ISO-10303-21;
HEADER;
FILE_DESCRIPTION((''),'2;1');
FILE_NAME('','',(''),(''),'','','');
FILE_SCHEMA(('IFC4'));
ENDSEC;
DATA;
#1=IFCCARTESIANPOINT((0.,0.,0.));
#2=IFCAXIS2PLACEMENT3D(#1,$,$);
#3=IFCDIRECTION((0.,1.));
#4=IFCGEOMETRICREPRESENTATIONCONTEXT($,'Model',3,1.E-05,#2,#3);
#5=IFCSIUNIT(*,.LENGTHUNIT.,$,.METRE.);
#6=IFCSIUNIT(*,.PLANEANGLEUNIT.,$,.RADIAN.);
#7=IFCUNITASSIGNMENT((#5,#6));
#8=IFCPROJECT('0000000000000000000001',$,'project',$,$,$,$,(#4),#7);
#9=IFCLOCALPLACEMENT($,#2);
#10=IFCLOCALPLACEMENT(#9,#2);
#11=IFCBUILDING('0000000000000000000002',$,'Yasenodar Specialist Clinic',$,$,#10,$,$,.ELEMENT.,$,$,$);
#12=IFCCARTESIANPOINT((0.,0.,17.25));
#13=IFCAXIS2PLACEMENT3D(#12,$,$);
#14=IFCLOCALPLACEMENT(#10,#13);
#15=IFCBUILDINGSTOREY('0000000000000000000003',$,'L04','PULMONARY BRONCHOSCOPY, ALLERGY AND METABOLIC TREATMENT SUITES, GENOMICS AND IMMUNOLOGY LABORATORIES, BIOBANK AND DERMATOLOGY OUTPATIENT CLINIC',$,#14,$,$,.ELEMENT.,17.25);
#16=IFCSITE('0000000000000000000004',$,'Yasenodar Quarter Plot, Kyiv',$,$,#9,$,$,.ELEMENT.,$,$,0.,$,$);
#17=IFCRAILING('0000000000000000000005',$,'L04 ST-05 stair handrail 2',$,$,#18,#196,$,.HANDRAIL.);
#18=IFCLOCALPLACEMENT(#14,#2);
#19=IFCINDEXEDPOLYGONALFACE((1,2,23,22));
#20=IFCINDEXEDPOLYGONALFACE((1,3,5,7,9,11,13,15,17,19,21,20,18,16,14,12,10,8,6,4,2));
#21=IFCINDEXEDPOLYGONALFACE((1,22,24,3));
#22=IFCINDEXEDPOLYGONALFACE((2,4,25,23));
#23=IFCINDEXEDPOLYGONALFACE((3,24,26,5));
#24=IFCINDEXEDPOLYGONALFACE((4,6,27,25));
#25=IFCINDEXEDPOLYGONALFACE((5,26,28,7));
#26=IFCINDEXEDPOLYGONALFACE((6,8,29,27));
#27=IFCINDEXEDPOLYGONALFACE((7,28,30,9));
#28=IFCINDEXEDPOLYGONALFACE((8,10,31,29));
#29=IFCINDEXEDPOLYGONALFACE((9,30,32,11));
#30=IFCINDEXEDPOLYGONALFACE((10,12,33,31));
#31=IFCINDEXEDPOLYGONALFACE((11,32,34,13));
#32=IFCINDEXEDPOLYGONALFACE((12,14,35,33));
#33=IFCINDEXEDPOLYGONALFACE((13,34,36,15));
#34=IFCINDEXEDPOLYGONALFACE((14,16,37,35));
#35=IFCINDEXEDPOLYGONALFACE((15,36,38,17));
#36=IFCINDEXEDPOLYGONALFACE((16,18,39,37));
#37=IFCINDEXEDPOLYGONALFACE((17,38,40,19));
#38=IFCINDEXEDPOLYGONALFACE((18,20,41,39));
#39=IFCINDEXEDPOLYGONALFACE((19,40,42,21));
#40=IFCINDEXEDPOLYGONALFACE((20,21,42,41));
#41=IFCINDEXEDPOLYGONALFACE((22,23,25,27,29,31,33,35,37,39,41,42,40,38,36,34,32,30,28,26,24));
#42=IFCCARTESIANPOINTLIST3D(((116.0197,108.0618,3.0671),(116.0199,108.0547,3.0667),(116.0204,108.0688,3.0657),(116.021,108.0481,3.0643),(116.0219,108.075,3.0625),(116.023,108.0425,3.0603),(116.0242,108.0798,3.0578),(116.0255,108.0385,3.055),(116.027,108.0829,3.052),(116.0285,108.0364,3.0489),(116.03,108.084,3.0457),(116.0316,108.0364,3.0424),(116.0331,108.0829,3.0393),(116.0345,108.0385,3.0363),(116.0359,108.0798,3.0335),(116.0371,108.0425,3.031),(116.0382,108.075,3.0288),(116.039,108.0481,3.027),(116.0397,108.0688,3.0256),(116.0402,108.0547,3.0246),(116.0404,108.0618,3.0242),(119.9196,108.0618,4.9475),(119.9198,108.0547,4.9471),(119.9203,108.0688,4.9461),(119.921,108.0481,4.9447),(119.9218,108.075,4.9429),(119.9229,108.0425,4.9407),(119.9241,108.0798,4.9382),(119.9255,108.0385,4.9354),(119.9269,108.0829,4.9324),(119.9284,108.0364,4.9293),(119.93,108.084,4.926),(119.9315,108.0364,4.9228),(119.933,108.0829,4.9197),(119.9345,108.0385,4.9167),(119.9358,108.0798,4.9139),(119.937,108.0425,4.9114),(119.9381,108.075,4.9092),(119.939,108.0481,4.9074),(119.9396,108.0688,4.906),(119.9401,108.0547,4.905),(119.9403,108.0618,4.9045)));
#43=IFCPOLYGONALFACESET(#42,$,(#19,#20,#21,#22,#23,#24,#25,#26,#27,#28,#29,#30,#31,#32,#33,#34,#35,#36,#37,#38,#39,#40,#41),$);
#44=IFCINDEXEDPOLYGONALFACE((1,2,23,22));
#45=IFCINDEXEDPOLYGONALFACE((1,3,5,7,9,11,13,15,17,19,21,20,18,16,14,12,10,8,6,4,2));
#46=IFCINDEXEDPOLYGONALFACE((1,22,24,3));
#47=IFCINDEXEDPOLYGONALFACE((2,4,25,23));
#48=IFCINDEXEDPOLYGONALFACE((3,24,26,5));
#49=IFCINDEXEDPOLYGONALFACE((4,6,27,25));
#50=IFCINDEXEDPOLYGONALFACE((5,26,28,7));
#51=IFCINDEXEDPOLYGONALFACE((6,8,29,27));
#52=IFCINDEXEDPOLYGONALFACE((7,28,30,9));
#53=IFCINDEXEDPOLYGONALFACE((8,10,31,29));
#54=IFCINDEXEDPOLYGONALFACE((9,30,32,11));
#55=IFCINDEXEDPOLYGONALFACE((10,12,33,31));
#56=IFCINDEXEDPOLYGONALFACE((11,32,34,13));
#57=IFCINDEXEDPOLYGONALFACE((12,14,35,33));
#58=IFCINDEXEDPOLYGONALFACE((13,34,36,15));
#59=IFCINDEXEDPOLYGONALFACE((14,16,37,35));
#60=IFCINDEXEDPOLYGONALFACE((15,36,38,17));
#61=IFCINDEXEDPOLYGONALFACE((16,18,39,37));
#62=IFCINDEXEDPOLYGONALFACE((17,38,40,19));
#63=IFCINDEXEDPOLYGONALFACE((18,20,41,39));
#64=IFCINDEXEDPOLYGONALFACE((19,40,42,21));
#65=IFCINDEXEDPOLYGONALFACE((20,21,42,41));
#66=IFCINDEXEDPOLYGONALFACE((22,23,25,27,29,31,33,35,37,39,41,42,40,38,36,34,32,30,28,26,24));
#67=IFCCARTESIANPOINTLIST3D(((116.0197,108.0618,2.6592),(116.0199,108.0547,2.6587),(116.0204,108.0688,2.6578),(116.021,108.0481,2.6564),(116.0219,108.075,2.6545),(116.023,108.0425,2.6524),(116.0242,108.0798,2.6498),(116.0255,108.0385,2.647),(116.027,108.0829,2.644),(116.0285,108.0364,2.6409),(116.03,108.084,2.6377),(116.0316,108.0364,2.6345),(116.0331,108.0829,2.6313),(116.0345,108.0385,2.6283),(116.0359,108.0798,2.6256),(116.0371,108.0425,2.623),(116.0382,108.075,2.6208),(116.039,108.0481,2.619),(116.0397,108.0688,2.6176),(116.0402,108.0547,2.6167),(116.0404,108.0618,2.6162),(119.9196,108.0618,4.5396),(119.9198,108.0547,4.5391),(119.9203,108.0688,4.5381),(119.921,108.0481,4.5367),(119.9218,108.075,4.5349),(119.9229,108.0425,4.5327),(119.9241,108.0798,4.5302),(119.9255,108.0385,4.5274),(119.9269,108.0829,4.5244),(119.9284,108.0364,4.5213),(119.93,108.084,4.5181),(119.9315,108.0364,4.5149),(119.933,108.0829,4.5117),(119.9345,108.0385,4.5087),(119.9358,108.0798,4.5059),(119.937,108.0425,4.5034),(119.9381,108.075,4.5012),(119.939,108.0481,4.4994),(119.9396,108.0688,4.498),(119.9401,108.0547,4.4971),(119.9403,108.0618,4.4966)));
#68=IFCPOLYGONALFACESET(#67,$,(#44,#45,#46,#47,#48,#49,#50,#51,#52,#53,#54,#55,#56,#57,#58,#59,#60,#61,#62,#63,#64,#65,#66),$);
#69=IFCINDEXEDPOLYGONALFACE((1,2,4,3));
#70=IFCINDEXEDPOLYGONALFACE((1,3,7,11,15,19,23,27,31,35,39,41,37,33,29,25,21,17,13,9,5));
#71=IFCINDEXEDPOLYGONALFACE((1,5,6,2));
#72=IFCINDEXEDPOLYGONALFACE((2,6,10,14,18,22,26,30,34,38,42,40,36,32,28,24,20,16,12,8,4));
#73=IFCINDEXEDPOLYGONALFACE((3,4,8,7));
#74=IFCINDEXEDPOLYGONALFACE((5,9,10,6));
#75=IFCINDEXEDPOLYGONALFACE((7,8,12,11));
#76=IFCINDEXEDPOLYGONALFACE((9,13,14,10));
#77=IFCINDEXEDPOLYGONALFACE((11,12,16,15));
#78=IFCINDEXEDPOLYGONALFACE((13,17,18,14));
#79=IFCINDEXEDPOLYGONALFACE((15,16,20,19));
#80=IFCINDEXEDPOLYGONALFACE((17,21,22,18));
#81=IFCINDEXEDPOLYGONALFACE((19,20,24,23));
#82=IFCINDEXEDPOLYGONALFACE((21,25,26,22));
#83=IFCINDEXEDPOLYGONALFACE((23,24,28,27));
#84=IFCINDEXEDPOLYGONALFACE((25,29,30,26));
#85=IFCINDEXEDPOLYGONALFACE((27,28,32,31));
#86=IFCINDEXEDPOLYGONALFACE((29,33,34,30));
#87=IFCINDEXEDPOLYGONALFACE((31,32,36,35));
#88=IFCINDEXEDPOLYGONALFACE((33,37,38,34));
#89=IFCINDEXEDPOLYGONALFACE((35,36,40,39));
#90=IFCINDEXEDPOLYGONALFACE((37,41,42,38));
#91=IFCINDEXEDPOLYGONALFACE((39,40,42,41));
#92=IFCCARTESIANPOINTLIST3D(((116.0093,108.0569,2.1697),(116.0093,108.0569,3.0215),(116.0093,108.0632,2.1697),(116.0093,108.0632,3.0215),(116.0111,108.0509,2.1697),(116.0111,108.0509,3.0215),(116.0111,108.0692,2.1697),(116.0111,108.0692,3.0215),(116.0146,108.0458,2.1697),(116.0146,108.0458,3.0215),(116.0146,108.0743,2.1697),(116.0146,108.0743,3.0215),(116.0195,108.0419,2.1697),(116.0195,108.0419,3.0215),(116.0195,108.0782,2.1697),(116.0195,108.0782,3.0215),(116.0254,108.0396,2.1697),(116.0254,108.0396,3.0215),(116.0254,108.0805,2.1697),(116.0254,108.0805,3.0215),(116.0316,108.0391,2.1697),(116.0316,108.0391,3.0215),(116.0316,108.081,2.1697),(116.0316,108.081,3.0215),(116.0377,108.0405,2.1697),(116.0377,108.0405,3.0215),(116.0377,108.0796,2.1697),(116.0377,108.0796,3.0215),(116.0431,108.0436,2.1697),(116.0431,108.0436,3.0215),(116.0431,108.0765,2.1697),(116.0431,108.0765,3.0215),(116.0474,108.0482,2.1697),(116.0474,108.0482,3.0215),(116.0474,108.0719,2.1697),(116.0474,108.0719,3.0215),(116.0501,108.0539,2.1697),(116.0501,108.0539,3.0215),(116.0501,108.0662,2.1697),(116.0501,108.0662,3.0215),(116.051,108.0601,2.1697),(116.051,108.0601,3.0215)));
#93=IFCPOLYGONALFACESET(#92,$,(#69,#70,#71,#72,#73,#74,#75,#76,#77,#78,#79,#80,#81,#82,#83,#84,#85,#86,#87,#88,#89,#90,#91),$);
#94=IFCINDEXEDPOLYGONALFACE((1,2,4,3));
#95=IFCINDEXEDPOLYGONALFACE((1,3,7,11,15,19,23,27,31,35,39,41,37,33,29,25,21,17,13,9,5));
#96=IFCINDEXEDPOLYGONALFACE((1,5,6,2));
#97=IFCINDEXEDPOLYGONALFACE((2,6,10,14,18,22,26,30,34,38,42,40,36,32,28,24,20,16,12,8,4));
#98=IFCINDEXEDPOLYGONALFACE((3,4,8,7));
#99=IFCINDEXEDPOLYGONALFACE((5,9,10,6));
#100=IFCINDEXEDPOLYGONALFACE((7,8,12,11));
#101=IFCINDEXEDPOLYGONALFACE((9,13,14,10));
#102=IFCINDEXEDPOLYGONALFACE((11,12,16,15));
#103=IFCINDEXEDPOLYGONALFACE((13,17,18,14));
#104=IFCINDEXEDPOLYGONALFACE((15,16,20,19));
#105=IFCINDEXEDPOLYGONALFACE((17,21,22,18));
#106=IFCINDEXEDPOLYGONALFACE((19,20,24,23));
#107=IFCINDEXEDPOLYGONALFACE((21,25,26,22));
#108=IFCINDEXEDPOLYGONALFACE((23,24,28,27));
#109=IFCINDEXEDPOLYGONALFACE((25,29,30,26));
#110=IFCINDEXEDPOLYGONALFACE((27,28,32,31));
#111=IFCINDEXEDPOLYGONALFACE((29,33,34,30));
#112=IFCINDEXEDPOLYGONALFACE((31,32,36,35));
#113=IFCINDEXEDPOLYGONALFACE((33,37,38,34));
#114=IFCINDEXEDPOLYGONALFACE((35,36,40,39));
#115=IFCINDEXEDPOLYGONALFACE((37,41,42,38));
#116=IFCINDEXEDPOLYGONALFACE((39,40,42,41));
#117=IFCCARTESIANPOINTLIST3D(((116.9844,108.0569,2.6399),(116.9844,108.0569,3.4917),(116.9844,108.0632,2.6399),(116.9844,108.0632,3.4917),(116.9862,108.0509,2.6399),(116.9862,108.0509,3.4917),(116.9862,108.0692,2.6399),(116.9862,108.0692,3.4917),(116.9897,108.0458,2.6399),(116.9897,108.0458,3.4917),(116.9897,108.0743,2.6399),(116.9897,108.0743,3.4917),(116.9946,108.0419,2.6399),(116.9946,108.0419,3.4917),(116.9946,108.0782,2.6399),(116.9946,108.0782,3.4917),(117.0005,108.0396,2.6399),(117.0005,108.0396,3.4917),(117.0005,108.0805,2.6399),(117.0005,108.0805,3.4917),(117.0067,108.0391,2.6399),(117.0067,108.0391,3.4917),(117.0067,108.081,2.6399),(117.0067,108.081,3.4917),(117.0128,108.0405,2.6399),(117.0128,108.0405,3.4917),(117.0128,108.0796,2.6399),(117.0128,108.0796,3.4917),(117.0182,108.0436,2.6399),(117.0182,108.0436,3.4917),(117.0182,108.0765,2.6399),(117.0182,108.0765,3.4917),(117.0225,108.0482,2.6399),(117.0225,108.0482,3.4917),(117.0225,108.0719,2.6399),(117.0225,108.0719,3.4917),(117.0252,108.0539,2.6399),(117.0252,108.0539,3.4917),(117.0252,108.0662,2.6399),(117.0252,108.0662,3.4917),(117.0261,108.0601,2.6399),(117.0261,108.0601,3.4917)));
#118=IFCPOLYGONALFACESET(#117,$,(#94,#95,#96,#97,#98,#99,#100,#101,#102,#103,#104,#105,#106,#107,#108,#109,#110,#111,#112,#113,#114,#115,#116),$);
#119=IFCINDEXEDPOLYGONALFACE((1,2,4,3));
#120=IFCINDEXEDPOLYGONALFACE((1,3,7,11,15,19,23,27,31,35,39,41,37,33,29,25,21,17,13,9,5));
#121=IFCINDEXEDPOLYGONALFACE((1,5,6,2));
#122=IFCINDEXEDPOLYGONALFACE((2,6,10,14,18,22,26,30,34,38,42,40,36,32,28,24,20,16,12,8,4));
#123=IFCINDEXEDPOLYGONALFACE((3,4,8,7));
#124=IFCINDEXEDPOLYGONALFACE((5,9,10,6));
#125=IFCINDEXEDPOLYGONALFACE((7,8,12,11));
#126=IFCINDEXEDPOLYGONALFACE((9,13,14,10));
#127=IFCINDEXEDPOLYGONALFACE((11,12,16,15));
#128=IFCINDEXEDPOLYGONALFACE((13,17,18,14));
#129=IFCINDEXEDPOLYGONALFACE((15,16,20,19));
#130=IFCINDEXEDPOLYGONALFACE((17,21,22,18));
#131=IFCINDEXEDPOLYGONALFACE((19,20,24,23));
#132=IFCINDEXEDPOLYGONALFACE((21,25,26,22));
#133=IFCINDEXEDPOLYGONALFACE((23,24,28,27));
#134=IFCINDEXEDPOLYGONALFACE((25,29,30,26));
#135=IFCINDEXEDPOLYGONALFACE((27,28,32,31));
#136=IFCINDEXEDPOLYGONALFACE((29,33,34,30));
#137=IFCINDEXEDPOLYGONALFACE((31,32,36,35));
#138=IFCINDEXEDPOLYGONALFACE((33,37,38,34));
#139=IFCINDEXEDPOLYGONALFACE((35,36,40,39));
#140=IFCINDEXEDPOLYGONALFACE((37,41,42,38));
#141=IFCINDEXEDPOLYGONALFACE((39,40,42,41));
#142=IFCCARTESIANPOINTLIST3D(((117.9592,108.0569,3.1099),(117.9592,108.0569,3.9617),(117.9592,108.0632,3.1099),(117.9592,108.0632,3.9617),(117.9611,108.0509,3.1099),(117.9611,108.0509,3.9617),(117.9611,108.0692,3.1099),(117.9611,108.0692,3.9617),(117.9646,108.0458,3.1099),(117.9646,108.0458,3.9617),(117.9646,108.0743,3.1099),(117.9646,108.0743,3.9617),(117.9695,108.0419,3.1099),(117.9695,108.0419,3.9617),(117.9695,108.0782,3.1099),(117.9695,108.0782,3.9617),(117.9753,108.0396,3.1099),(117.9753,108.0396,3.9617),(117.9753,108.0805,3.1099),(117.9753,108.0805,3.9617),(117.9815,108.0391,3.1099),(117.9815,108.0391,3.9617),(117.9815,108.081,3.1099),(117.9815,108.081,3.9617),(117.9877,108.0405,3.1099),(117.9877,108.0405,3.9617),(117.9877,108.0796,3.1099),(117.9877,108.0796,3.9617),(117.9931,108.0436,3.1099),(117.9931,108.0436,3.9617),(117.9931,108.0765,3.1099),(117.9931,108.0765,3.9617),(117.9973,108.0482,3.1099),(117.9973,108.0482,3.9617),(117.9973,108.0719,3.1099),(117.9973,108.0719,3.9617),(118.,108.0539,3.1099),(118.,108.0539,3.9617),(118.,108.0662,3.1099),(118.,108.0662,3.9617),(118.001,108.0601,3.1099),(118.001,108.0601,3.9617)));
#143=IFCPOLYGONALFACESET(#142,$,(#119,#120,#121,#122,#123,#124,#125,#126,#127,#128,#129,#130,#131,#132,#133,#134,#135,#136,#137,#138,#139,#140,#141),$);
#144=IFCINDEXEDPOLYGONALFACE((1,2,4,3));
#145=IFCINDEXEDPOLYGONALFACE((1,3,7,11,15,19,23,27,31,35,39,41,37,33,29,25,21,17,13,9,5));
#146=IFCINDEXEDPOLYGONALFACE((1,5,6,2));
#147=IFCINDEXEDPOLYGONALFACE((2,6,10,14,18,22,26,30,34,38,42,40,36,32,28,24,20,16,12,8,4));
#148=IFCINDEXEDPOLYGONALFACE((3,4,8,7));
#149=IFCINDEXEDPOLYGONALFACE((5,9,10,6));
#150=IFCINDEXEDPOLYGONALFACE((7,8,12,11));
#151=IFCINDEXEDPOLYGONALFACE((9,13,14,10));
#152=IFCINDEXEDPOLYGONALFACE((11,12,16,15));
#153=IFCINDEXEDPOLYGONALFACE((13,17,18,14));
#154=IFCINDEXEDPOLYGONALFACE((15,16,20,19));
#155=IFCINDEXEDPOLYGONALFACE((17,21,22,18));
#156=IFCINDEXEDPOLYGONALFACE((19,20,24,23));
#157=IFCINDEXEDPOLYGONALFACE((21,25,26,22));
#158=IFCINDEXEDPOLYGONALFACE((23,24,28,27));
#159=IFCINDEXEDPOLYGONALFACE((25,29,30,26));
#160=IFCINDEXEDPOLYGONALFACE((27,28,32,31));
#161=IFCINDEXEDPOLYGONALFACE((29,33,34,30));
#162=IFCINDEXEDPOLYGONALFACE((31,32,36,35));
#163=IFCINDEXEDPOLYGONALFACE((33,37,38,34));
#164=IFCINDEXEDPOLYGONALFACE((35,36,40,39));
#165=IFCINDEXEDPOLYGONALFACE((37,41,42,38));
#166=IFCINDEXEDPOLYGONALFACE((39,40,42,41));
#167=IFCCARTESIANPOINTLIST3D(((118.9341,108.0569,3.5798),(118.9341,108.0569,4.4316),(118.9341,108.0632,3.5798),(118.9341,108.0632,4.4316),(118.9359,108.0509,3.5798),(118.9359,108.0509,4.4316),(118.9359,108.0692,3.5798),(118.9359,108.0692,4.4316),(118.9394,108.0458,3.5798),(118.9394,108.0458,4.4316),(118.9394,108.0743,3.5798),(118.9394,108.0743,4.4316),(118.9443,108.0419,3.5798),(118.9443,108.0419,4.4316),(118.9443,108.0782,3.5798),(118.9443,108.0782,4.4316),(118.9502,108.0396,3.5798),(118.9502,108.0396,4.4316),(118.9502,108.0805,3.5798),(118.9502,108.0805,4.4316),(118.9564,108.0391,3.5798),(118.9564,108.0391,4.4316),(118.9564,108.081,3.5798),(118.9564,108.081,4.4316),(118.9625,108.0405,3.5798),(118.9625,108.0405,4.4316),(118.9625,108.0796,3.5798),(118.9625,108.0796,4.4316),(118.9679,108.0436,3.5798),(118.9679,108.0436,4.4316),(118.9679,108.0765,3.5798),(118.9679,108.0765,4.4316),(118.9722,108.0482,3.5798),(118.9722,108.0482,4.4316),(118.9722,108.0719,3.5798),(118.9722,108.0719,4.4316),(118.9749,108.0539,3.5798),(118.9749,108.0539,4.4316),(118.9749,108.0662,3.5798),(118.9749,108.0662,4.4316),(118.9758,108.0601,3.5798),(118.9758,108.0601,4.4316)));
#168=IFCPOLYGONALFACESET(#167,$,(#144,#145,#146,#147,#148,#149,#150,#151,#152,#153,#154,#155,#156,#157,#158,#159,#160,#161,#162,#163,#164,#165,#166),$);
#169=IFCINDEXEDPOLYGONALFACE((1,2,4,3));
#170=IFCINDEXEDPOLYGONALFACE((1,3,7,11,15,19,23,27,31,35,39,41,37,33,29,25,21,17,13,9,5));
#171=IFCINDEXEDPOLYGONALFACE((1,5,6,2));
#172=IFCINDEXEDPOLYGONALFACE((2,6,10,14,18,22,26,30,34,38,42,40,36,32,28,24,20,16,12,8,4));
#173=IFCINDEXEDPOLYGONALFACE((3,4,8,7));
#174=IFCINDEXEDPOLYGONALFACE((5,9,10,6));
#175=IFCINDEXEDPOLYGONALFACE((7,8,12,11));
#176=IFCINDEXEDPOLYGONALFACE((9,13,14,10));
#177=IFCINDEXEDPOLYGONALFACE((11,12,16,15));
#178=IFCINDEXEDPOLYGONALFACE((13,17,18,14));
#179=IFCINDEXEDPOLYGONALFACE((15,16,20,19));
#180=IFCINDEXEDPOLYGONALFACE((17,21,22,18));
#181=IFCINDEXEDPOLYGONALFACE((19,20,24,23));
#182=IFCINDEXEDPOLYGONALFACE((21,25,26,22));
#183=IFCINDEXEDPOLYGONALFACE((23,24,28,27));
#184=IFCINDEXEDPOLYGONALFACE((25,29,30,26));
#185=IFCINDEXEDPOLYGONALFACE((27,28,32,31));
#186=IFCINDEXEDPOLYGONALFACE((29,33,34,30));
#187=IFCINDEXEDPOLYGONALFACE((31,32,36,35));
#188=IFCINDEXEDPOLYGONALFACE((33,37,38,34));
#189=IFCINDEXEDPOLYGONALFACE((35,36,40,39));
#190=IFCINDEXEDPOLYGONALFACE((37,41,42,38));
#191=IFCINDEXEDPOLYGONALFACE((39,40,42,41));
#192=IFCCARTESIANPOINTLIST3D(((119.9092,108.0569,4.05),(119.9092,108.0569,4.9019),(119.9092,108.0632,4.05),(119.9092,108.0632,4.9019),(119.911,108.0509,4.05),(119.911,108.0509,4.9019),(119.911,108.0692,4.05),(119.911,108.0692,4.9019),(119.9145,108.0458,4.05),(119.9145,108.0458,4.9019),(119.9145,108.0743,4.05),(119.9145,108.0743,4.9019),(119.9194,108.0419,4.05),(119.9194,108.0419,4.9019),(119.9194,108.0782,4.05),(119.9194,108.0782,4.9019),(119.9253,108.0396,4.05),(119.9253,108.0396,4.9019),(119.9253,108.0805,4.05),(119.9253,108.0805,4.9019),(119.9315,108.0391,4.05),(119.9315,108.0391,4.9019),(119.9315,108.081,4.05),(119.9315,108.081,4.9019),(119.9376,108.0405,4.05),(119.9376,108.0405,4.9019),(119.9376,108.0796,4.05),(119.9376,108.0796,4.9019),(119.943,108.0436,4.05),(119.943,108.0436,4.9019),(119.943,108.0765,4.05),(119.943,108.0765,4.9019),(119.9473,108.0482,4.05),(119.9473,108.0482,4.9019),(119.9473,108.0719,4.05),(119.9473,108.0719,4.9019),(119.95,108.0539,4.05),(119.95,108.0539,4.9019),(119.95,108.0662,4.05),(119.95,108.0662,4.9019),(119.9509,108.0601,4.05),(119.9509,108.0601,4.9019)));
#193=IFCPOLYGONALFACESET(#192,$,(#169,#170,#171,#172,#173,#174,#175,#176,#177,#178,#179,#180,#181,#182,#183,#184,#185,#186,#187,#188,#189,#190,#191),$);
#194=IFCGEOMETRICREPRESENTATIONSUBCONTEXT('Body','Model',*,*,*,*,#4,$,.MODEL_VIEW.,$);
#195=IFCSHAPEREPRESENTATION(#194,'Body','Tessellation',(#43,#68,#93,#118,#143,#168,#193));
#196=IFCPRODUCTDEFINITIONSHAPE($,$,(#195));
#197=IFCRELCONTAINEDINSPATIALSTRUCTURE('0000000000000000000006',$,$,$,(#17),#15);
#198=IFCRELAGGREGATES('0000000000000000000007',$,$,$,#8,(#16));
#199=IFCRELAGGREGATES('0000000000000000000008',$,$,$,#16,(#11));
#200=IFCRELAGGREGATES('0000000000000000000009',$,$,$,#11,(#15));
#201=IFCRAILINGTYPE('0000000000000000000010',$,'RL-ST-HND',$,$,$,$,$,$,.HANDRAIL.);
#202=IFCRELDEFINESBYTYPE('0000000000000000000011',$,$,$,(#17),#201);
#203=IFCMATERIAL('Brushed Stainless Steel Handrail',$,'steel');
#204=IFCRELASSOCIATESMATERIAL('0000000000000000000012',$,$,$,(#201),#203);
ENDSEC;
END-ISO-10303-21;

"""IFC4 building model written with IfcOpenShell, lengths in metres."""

from ifc_helpers import new_model, si_unit, direction, frame, origin, origin_2d, place, context, subcontext, project, spatial, circle, extrude, material, type_object, element, save


model = new_model("IFC4")

# Units and contexts
model_context = context("Model", 3, precision=1e-05, world=origin(), true_north=direction((0.0, 1.0)))
body_context = subcontext(model_context, "Body", "Model", "MODEL_VIEW")
ifc_project = project(units=[si_unit("LENGTHUNIT", "METRE"), si_unit("PLANEANGLEUNIT", "RADIAN")], contexts=[model_context])

# Site, building, storey
site_placement = place(None, origin())
site = spatial("IfcSite", under=ifc_project, at=site_placement, Name="Yasenodar Quarter Plot, Kyiv", CompositionType="ELEMENT", RefElevation=0.0)
building_placement = place(site_placement, origin())
building = spatial("IfcBuilding", under=site, at=building_placement, Name="Yasenodar Specialist Clinic", CompositionType="ELEMENT")
storey_placement = place(building_placement, frame((0.0, 0.0, 17.25)))
storey = spatial("IfcBuildingStorey", under=building, at=storey_placement, Name="L04", Description="PULMONARY BRONCHOSCOPY, ALLERGY AND METABOLIC TREATMENT SUITES, GENOMICS AND IMMUNOLOGY LABORATORIES, BIOBANK AND DERMATOLOGY OUTPATIENT CLINIC", CompositionType="ELEMENT", Elevation=17.25)

# Railing
ifc_material_1 = material(Name="Brushed Stainless Steel Handrail", Category="steel")
railing_type_1 = type_object("IfcRailingType", Name="RL-ST-HND", PredefinedType="HANDRAIL", material=ifc_material_1)
railing_1_placement = place(storey_placement, frame((116.03, 108.0601, 2.1697)))
element("IfcRailing", 1, at=railing_1_placement, inside=storey, type_object=railing_type_1, Name="L04 ST-05 stair handrail 2", PredefinedType="HANDRAIL", context=body_context, shape_type="SweptSolid", body=[
    extrude(circle(Radius=0.0239, at=origin_2d()), frame((0.0, 0.0, 0.876), z_axis=(0.900763, 0.0, 0.434311), x_axis=(0.0, 1.0, 0.0)), (0.0, 0.0, 1.0), 4.3296),
    extrude(circle(Radius=0.0239, at=origin_2d()), frame((0.0, 0.0, 0.468), z_axis=(0.900763, 0.0, 0.434311), x_axis=(0.0, 1.0, 0.0)), (0.0, 0.0, 1.0), 4.3296),
    extrude(circle(Radius=0.021, at=origin_2d()), origin(), (0.0, 0.0, 1.0), 0.8518),
    extrude(circle(Radius=0.021, at=origin_2d()), frame((0.9751, 0.0, 0.4702)), (0.0, 0.0, 1.0), 0.8518),
    extrude(circle(Radius=0.021, at=origin_2d()), frame((1.95, 0.0, 0.9402)), (0.0, 0.0, 1.0), 0.8518),
    extrude(circle(Radius=0.021, at=origin_2d()), frame((2.9248, 0.0, 1.4102)), (0.0, 0.0, 1.0), 0.8518),
    extrude(circle(Radius=0.021, at=origin_2d()), frame((3.8999, 0.0, 1.8804)), (0.0, 0.0, 1.0), 0.8518),
])

save(model, "model.ifc")
